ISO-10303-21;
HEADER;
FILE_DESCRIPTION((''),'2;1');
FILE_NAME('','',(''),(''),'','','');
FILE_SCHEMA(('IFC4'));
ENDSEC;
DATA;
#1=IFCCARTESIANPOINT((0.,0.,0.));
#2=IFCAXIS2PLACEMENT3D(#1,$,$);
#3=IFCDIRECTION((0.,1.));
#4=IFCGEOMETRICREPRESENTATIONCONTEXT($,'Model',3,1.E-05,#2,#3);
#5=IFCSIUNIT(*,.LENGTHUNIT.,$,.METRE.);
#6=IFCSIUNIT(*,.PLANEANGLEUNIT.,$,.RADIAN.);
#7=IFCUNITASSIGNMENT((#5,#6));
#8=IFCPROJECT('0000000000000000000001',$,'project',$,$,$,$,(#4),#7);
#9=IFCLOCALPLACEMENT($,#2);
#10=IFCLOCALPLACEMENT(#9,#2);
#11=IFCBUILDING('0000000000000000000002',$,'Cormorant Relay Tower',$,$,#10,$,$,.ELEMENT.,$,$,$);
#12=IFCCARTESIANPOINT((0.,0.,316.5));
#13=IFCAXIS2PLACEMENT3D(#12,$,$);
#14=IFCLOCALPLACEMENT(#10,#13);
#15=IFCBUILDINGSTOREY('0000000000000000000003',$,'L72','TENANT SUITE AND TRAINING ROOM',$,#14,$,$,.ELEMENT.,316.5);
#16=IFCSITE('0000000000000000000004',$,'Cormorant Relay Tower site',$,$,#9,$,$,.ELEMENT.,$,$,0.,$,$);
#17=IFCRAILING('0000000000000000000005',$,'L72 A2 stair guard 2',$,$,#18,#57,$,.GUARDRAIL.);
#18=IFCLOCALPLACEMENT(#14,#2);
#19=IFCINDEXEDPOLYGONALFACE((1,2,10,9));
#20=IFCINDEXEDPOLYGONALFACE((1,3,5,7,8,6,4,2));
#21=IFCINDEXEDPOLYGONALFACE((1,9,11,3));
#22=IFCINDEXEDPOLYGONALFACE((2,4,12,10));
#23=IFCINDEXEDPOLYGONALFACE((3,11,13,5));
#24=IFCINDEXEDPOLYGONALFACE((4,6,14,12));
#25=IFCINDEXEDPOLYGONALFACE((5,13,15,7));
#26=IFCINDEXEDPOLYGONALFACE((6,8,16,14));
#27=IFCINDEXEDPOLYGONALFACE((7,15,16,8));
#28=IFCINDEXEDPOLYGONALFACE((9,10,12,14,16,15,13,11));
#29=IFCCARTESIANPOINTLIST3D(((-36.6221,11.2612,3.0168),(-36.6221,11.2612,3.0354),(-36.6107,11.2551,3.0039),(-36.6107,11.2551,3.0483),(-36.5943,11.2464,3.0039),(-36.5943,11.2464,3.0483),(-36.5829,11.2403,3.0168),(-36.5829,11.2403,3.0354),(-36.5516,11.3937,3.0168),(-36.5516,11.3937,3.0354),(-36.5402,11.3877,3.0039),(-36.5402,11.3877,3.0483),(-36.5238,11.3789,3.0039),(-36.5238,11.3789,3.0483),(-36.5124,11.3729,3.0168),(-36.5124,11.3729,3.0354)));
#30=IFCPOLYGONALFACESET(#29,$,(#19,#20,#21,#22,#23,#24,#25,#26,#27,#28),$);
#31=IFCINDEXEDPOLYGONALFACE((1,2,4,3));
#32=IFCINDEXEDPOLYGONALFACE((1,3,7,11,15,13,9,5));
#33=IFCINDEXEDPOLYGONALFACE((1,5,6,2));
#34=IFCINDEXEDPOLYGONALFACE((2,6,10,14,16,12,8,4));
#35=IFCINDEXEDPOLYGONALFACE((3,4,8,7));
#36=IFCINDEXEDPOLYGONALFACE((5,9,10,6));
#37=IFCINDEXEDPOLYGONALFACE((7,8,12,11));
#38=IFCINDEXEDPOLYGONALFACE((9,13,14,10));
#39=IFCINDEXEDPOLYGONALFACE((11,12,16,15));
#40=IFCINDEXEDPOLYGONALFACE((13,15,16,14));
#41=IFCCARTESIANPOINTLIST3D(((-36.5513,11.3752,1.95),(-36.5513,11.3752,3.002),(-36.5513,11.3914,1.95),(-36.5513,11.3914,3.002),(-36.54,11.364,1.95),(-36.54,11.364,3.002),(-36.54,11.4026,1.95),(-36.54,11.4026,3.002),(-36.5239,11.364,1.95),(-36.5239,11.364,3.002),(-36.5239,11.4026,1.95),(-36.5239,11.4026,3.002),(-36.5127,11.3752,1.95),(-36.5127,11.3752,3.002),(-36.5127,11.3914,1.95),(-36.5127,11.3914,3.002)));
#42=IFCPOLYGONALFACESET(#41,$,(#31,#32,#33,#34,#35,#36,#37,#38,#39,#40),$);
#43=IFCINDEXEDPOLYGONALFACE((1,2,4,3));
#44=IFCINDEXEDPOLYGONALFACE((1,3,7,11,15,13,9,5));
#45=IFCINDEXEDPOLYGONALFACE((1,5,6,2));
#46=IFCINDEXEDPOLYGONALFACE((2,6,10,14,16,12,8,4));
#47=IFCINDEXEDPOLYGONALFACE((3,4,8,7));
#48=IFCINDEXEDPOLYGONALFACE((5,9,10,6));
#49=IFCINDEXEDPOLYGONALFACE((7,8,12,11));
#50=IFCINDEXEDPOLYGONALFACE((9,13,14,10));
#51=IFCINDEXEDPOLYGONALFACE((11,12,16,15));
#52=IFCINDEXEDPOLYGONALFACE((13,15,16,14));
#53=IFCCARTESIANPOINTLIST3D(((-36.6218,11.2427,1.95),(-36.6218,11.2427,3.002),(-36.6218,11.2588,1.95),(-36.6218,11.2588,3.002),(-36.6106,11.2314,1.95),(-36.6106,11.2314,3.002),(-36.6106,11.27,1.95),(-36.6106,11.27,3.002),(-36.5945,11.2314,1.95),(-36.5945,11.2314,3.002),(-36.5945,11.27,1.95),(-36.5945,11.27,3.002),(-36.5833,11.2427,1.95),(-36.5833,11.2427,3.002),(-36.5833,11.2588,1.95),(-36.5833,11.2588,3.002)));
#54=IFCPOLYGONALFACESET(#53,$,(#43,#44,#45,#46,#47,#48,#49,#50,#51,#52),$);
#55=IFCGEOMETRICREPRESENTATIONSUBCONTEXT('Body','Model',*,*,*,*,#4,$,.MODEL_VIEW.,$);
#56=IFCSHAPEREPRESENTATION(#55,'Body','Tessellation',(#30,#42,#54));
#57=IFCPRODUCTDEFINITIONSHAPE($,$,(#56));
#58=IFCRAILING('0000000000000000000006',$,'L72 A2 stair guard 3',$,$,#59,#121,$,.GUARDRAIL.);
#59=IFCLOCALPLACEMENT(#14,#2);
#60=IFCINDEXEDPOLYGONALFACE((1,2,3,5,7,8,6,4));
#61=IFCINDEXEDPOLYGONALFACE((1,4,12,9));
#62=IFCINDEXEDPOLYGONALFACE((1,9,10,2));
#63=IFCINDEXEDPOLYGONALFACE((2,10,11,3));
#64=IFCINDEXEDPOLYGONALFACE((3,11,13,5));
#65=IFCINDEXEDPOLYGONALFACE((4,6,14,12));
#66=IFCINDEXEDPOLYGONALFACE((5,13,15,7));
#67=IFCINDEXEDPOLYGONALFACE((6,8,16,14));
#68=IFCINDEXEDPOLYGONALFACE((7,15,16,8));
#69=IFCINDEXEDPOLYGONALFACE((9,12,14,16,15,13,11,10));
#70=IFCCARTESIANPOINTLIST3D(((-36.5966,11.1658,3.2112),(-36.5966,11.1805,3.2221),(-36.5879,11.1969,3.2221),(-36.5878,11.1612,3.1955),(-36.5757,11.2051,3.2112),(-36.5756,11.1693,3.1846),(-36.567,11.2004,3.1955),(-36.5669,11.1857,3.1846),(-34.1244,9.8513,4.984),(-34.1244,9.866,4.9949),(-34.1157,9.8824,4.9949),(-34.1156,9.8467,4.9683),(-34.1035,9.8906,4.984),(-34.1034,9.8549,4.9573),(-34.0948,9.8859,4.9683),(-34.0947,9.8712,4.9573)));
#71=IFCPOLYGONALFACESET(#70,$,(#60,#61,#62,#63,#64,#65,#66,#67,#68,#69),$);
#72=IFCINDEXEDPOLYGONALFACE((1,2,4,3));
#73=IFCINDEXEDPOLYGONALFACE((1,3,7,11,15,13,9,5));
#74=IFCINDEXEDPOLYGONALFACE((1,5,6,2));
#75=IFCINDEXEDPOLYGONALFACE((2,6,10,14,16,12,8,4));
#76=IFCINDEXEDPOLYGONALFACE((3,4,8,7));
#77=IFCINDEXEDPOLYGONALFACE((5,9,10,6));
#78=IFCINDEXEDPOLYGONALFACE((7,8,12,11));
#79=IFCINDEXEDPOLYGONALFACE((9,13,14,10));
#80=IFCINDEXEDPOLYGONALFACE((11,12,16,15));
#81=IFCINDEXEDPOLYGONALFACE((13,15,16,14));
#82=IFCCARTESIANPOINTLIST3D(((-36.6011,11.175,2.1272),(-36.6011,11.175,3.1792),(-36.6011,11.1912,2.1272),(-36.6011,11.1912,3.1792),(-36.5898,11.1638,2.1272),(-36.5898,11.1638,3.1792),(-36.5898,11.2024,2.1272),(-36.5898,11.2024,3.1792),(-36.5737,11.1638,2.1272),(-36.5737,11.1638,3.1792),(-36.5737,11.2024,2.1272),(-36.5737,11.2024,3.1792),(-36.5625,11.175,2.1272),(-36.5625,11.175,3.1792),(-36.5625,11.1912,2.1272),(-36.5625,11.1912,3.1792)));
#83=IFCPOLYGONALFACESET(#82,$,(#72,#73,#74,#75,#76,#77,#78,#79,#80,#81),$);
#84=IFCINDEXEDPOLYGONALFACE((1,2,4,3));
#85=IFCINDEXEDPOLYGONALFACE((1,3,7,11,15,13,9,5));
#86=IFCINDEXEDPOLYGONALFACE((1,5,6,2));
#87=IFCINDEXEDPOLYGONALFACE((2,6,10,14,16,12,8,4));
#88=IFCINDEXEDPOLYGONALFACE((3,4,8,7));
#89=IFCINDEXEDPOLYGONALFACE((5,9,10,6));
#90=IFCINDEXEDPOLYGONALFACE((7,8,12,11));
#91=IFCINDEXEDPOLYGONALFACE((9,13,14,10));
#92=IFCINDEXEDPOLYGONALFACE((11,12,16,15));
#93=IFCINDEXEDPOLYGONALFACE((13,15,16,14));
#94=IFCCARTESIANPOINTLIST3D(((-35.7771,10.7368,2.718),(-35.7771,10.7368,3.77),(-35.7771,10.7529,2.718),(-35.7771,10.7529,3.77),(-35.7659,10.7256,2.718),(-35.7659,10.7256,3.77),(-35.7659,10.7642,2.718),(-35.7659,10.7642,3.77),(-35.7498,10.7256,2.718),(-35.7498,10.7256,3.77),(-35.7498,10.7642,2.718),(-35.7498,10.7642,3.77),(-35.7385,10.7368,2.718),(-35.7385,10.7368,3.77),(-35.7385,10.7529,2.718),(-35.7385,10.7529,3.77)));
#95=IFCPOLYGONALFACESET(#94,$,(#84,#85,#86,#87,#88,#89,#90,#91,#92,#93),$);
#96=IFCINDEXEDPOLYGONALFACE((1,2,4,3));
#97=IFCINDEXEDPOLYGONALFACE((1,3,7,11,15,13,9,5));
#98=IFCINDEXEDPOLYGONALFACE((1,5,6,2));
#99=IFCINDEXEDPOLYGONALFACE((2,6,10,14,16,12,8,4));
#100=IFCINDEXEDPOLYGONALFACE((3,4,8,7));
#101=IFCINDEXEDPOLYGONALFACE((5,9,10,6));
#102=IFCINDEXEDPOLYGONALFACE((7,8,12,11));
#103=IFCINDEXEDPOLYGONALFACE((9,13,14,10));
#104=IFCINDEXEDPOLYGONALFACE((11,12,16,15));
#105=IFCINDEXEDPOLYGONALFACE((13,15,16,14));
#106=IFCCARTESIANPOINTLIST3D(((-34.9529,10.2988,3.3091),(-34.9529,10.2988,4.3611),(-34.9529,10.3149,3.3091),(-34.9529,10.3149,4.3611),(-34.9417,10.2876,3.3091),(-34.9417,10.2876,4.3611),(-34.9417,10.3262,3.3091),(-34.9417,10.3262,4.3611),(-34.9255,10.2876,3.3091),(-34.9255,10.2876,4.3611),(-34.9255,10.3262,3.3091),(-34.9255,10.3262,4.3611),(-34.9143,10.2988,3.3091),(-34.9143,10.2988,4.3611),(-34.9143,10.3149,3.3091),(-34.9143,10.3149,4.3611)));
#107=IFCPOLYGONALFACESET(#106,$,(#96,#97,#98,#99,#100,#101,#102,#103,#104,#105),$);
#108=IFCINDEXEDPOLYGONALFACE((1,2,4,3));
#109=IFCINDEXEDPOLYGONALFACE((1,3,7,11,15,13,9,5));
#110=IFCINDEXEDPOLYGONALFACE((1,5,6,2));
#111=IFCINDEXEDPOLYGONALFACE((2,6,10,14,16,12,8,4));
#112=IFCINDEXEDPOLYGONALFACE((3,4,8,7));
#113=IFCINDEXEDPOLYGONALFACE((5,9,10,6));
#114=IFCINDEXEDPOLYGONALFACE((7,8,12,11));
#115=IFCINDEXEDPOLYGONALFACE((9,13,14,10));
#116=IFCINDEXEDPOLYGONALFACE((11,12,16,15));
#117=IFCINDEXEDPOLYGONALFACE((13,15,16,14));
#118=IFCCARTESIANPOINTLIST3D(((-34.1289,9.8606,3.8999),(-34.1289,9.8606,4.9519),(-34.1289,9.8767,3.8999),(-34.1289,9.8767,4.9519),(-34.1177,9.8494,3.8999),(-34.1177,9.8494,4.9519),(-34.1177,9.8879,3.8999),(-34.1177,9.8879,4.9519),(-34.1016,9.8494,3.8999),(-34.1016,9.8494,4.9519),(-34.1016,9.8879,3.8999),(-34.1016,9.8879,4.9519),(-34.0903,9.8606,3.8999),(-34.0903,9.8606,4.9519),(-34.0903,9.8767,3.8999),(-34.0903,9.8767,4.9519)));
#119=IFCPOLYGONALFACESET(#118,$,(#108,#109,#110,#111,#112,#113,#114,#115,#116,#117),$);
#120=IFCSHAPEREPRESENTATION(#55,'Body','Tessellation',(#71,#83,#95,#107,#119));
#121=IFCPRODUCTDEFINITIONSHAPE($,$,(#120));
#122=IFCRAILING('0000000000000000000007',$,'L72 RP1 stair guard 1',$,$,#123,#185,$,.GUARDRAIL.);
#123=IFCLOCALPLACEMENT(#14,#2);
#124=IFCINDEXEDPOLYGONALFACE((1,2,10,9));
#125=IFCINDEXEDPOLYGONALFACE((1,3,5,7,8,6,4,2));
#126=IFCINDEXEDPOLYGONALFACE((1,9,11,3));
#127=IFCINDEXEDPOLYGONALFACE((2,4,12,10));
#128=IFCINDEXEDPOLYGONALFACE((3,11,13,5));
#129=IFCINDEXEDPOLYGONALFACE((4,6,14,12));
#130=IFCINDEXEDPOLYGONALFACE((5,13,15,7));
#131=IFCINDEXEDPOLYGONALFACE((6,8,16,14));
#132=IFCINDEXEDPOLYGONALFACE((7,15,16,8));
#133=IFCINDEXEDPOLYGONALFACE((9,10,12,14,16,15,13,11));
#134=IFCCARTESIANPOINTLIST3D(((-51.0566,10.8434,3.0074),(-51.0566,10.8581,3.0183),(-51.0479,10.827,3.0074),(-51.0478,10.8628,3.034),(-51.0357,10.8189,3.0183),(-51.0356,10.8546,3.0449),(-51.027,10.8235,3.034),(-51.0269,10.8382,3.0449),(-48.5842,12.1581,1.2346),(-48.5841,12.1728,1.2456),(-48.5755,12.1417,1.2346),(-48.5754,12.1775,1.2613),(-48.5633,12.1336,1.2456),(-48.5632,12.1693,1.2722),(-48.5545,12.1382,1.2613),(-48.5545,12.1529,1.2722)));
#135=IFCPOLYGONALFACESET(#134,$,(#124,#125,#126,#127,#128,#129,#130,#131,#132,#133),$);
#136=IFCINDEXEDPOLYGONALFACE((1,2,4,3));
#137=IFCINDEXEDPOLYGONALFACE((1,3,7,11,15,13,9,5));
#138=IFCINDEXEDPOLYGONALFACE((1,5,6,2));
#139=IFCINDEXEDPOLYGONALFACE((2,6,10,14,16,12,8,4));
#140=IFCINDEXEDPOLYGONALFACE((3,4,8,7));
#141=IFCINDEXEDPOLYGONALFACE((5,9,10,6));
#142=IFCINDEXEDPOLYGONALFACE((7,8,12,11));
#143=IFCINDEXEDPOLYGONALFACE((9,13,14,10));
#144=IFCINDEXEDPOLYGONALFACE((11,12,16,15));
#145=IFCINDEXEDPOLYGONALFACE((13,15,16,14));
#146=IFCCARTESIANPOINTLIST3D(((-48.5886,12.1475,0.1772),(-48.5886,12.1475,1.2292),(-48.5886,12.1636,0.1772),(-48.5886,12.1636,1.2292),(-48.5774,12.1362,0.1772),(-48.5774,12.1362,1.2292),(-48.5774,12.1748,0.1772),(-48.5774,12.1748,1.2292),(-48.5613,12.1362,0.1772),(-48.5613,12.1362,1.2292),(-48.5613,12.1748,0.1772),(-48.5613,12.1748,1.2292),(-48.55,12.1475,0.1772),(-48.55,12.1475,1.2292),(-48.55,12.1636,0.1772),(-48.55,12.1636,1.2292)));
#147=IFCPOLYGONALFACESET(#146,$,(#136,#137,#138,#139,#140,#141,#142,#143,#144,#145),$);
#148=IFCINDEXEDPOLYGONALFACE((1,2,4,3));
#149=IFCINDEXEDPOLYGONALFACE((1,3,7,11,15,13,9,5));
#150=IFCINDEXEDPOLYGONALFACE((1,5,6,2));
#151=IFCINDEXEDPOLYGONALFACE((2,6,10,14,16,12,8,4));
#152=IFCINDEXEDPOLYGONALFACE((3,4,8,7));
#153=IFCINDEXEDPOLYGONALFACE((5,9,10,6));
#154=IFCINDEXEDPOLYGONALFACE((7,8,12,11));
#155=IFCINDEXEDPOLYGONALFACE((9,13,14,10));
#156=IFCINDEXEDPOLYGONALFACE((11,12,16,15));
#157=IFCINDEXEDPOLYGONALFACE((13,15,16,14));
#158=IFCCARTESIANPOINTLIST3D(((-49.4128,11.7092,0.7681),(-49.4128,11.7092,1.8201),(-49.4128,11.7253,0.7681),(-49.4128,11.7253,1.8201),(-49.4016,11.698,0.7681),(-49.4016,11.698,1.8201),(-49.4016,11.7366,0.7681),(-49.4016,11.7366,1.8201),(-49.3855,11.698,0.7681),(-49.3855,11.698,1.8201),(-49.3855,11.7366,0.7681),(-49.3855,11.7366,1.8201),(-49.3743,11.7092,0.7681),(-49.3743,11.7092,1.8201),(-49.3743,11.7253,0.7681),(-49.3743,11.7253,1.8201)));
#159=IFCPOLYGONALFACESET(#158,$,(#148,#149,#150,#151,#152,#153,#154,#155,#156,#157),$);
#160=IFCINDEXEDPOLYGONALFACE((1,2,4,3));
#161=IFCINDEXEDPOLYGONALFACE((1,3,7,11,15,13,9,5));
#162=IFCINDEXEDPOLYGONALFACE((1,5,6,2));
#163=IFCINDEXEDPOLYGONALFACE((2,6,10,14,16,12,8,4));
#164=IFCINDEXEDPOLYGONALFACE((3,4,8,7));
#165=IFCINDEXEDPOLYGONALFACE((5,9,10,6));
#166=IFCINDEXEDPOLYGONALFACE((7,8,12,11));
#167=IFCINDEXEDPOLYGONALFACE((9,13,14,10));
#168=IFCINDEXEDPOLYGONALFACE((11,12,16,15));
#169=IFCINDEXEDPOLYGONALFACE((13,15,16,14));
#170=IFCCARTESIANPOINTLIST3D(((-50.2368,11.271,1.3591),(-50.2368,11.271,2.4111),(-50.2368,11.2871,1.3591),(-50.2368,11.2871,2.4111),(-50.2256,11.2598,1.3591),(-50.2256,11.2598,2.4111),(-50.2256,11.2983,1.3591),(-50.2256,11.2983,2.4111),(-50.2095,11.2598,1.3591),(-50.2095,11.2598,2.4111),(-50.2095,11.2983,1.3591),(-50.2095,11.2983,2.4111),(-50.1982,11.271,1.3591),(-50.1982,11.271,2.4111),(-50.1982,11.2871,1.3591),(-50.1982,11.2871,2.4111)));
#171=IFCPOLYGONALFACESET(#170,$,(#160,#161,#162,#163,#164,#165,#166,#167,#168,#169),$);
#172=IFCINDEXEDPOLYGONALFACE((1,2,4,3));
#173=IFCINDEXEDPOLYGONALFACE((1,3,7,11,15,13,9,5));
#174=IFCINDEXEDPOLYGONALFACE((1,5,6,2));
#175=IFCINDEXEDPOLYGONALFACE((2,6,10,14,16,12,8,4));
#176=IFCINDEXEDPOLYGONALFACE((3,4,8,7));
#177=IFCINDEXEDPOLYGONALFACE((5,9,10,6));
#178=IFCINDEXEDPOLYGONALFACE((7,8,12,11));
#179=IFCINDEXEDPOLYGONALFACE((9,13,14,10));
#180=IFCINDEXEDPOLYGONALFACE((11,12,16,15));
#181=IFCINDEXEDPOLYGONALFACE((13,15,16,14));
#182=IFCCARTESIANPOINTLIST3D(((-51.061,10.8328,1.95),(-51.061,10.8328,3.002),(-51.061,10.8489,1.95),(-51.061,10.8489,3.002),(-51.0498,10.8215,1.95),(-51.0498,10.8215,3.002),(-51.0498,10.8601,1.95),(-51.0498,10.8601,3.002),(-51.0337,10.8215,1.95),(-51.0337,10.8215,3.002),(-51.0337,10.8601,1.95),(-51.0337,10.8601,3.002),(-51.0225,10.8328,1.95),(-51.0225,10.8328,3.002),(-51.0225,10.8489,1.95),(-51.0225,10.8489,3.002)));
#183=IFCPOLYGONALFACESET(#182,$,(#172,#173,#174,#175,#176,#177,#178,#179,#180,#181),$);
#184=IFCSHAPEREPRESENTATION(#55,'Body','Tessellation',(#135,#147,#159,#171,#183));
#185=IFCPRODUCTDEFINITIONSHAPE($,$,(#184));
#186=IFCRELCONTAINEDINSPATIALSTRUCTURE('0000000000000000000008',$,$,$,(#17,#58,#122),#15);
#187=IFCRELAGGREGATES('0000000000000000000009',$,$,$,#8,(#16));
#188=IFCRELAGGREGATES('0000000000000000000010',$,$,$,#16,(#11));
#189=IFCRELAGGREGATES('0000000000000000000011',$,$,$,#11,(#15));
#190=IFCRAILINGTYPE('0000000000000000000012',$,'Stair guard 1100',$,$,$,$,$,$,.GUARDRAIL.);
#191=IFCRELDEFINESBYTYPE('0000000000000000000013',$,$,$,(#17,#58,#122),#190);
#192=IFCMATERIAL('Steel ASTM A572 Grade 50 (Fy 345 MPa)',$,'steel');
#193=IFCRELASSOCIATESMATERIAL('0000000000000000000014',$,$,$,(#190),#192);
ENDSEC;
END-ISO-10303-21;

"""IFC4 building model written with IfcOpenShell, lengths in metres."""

from ifc_helpers import new_model, si_unit, direction, frame, origin, place, context, subcontext, project, spatial, polyline, outline, extrude, material, type_object, element, save


model = new_model("IFC4")

# Units and contexts
model_context = context("Model", 3, precision=1e-05, world=origin(), true_north=direction((0.0, 1.0)))
body_context = subcontext(model_context, "Body", "Model", "MODEL_VIEW")
ifc_project = project(units=[si_unit("LENGTHUNIT", "METRE"), si_unit("PLANEANGLEUNIT", "RADIAN")], contexts=[model_context])

# Site, building, storey
site_placement = place(None, origin())
site = spatial("IfcSite", under=ifc_project, at=site_placement, Name="Cormorant Relay Tower site", CompositionType="ELEMENT", RefElevation=0.0)
building_placement = place(site_placement, origin())
building = spatial("IfcBuilding", under=site, at=building_placement, Name="Cormorant Relay Tower", CompositionType="ELEMENT")
storey_placement = place(building_placement, frame((0.0, 0.0, 316.5)))
storey = spatial("IfcBuildingStorey", under=building, at=storey_placement, Name="L72", Description="TENANT SUITE AND TRAINING ROOM", CompositionType="ELEMENT", Elevation=316.5)

# Railings
ifc_material_1 = material(Name="Steel ASTM A572 Grade 50 (Fy 345 MPa)", Category="steel")
railing_type_1 = type_object("IfcRailingType", Name="Stair guard 1100", PredefinedType="GUARDRAIL", material=ifc_material_1)
railing_1_placement = place(storey_placement, frame((-36.532, 11.3833, 1.95)))
element("IfcRailing", 1, at=railing_1_placement, inside=storey, type_object=railing_type_1, Name="L72 A2 stair guard 2", PredefinedType="GUARDRAIL", context=body_context, shape_type="SweptSolid", body=[
    extrude(outline(polyline([(0.0222, 0.0093), (0.0093, 0.0222), (-0.0093, 0.0222), (-0.0222, 0.0093), (-0.0222, -0.0093), (-0.0093, -0.0222), (0.0093, -0.0222), (0.0222, -0.0093), (0.0222, 0.0093)])), frame((0.0, 0.0, 1.0762), z_axis=(-0.469829, -0.882758, 0.0), x_axis=(0.882758, -0.469829, 0.0)), (0.0, 0.0, 1.0), 0.1501),
    extrude(outline(polyline([(0.0193, 0.0081), (0.0081, 0.0193), (-0.0081, 0.0193), (-0.0193, 0.0081), (-0.0193, -0.0081), (-0.0081, -0.0193), (0.0081, -0.0193), (0.0193, -0.0081), (0.0193, 0.0081)])), origin(), (0.0, 0.0, 1.0), 1.052),
    extrude(outline(polyline([(0.0193, 0.0081), (0.0081, 0.0193), (-0.0081, 0.0193), (-0.0193, 0.0081), (-0.0193, -0.0081), (-0.0081, -0.0193), (0.0081, -0.0193), (0.0193, -0.0081), (0.0193, 0.0081)])), frame((-0.0706, -0.1326, 0.0)), (0.0, 0.0, 1.0), 1.052),
])
railing_2_placement = place(storey_placement, frame((-36.5818, 11.1831, 2.1272)))
element("IfcRailing", 2, at=railing_2_placement, inside=storey, type_object=railing_type_1, Name="L72 A2 stair guard 3", PredefinedType="GUARDRAIL", context=body_context, shape_type="SweptSolid", body=[
    extrude(outline(polyline([(0.0222, 0.0093), (0.0093, 0.0222), (-0.0093, 0.0222), (-0.0222, 0.0093), (-0.0222, -0.0093), (-0.0093, -0.0222), (0.0093, -0.0222), (0.0222, -0.0093), (0.0222, 0.0093)])), frame((0.0, 0.0, 1.0762), z_axis=(0.746001, -0.396649, 0.534931), x_axis=(0.469465, 0.882951, 0.0)), (0.0, 0.0, 1.0), 3.314),
    extrude(outline(polyline([(0.0193, 0.0081), (0.0081, 0.0193), (-0.0081, 0.0193), (-0.0193, 0.0081), (-0.0193, -0.0081), (-0.0081, -0.0193), (0.0081, -0.0193), (0.0193, -0.0081), (0.0193, 0.0081)])), origin(), (0.0, 0.0, 1.0), 1.052),
    extrude(outline(polyline([(0.0193, 0.0081), (0.0081, 0.0193), (-0.0081, 0.0193), (-0.0193, 0.0081), (-0.0193, -0.0081), (-0.0081, -0.0193), (0.0081, -0.0193), (0.0193, -0.0081), (0.0193, 0.0081)])), frame((0.824, -0.4382, 0.5908)), (0.0, 0.0, 1.0), 1.052),
    extrude(outline(polyline([(0.0193, 0.0081), (0.0081, 0.0193), (-0.0081, 0.0193), (-0.0193, 0.0081), (-0.0193, -0.0081), (-0.0081, -0.0193), (0.0081, -0.0193), (0.0193, -0.0081), (0.0193, 0.0081)])), frame((1.6482, -0.8762, 1.1819)), (0.0, 0.0, 1.0), 1.052),
    extrude(outline(polyline([(0.0193, 0.0081), (0.0081, 0.0193), (-0.0081, 0.0193), (-0.0193, 0.0081), (-0.0193, -0.0081), (-0.0081, -0.0193), (0.0081, -0.0193), (0.0193, -0.0081), (0.0193, 0.0081)])), frame((2.4722, -1.3145, 1.7727)), (0.0, 0.0, 1.0), 1.052),
])
railing_3_placement = place(storey_placement, frame((-48.5693, 12.1555, 0.1772)))
element("IfcRailing", 3, at=railing_3_placement, inside=storey, type_object=railing_type_1, Name="L72 RP1 stair guard 1", PredefinedType="GUARDRAIL", context=body_context, shape_type="SweptSolid", body=[
    extrude(outline(polyline([(0.0222, 0.0093), (0.0093, 0.0222), (-0.0093, 0.0222), (-0.0222, 0.0093), (-0.0222, -0.0093), (-0.0093, -0.0222), (0.0093, -0.0222), (0.0222, -0.0093), (0.0222, 0.0093)])), frame((0.0, 0.0, 1.0762), z_axis=(-0.746012, -0.39669, 0.534886), x_axis=(0.469497, -0.882934, 0.0)), (0.0, 0.0, 1.0), 3.3142),
    extrude(outline(polyline([(0.0193, 0.0081), (0.0081, 0.0193), (-0.0081, 0.0193), (-0.0193, 0.0081), (-0.0193, -0.0081), (-0.0081, -0.0193), (0.0081, -0.0193), (0.0193, -0.0081), (0.0193, 0.0081)])), origin(), (0.0, 0.0, 1.0), 1.052),
    extrude(outline(polyline([(0.0193, 0.0081), (0.0081, 0.0193), (-0.0081, 0.0193), (-0.0193, 0.0081), (-0.0193, -0.0081), (-0.0081, -0.0193), (0.0081, -0.0193), (0.0193, -0.0081), (0.0193, 0.0081)])), frame((-0.8242, -0.4382, 0.5908)), (0.0, 0.0, 1.0), 1.052),
    extrude(outline(polyline([(0.0193, 0.0081), (0.0081, 0.0193), (-0.0081, 0.0193), (-0.0193, 0.0081), (-0.0193, -0.0081), (-0.0081, -0.0193), (0.0081, -0.0193), (0.0193, -0.0081), (0.0193, 0.0081)])), frame((-1.6482, -0.8765, 1.1819)), (0.0, 0.0, 1.0), 1.052),
    extrude(outline(polyline([(0.0193, 0.0081), (0.0081, 0.0193), (-0.0081, 0.0193), (-0.0193, 0.0081), (-0.0193, -0.0081), (-0.0081, -0.0193), (0.0081, -0.0193), (0.0193, -0.0081), (0.0193, 0.0081)])), frame((-2.4724, -1.3147, 1.7727)), (0.0, 0.0, 1.0), 1.052),
])

save(model, "model.ifc")
